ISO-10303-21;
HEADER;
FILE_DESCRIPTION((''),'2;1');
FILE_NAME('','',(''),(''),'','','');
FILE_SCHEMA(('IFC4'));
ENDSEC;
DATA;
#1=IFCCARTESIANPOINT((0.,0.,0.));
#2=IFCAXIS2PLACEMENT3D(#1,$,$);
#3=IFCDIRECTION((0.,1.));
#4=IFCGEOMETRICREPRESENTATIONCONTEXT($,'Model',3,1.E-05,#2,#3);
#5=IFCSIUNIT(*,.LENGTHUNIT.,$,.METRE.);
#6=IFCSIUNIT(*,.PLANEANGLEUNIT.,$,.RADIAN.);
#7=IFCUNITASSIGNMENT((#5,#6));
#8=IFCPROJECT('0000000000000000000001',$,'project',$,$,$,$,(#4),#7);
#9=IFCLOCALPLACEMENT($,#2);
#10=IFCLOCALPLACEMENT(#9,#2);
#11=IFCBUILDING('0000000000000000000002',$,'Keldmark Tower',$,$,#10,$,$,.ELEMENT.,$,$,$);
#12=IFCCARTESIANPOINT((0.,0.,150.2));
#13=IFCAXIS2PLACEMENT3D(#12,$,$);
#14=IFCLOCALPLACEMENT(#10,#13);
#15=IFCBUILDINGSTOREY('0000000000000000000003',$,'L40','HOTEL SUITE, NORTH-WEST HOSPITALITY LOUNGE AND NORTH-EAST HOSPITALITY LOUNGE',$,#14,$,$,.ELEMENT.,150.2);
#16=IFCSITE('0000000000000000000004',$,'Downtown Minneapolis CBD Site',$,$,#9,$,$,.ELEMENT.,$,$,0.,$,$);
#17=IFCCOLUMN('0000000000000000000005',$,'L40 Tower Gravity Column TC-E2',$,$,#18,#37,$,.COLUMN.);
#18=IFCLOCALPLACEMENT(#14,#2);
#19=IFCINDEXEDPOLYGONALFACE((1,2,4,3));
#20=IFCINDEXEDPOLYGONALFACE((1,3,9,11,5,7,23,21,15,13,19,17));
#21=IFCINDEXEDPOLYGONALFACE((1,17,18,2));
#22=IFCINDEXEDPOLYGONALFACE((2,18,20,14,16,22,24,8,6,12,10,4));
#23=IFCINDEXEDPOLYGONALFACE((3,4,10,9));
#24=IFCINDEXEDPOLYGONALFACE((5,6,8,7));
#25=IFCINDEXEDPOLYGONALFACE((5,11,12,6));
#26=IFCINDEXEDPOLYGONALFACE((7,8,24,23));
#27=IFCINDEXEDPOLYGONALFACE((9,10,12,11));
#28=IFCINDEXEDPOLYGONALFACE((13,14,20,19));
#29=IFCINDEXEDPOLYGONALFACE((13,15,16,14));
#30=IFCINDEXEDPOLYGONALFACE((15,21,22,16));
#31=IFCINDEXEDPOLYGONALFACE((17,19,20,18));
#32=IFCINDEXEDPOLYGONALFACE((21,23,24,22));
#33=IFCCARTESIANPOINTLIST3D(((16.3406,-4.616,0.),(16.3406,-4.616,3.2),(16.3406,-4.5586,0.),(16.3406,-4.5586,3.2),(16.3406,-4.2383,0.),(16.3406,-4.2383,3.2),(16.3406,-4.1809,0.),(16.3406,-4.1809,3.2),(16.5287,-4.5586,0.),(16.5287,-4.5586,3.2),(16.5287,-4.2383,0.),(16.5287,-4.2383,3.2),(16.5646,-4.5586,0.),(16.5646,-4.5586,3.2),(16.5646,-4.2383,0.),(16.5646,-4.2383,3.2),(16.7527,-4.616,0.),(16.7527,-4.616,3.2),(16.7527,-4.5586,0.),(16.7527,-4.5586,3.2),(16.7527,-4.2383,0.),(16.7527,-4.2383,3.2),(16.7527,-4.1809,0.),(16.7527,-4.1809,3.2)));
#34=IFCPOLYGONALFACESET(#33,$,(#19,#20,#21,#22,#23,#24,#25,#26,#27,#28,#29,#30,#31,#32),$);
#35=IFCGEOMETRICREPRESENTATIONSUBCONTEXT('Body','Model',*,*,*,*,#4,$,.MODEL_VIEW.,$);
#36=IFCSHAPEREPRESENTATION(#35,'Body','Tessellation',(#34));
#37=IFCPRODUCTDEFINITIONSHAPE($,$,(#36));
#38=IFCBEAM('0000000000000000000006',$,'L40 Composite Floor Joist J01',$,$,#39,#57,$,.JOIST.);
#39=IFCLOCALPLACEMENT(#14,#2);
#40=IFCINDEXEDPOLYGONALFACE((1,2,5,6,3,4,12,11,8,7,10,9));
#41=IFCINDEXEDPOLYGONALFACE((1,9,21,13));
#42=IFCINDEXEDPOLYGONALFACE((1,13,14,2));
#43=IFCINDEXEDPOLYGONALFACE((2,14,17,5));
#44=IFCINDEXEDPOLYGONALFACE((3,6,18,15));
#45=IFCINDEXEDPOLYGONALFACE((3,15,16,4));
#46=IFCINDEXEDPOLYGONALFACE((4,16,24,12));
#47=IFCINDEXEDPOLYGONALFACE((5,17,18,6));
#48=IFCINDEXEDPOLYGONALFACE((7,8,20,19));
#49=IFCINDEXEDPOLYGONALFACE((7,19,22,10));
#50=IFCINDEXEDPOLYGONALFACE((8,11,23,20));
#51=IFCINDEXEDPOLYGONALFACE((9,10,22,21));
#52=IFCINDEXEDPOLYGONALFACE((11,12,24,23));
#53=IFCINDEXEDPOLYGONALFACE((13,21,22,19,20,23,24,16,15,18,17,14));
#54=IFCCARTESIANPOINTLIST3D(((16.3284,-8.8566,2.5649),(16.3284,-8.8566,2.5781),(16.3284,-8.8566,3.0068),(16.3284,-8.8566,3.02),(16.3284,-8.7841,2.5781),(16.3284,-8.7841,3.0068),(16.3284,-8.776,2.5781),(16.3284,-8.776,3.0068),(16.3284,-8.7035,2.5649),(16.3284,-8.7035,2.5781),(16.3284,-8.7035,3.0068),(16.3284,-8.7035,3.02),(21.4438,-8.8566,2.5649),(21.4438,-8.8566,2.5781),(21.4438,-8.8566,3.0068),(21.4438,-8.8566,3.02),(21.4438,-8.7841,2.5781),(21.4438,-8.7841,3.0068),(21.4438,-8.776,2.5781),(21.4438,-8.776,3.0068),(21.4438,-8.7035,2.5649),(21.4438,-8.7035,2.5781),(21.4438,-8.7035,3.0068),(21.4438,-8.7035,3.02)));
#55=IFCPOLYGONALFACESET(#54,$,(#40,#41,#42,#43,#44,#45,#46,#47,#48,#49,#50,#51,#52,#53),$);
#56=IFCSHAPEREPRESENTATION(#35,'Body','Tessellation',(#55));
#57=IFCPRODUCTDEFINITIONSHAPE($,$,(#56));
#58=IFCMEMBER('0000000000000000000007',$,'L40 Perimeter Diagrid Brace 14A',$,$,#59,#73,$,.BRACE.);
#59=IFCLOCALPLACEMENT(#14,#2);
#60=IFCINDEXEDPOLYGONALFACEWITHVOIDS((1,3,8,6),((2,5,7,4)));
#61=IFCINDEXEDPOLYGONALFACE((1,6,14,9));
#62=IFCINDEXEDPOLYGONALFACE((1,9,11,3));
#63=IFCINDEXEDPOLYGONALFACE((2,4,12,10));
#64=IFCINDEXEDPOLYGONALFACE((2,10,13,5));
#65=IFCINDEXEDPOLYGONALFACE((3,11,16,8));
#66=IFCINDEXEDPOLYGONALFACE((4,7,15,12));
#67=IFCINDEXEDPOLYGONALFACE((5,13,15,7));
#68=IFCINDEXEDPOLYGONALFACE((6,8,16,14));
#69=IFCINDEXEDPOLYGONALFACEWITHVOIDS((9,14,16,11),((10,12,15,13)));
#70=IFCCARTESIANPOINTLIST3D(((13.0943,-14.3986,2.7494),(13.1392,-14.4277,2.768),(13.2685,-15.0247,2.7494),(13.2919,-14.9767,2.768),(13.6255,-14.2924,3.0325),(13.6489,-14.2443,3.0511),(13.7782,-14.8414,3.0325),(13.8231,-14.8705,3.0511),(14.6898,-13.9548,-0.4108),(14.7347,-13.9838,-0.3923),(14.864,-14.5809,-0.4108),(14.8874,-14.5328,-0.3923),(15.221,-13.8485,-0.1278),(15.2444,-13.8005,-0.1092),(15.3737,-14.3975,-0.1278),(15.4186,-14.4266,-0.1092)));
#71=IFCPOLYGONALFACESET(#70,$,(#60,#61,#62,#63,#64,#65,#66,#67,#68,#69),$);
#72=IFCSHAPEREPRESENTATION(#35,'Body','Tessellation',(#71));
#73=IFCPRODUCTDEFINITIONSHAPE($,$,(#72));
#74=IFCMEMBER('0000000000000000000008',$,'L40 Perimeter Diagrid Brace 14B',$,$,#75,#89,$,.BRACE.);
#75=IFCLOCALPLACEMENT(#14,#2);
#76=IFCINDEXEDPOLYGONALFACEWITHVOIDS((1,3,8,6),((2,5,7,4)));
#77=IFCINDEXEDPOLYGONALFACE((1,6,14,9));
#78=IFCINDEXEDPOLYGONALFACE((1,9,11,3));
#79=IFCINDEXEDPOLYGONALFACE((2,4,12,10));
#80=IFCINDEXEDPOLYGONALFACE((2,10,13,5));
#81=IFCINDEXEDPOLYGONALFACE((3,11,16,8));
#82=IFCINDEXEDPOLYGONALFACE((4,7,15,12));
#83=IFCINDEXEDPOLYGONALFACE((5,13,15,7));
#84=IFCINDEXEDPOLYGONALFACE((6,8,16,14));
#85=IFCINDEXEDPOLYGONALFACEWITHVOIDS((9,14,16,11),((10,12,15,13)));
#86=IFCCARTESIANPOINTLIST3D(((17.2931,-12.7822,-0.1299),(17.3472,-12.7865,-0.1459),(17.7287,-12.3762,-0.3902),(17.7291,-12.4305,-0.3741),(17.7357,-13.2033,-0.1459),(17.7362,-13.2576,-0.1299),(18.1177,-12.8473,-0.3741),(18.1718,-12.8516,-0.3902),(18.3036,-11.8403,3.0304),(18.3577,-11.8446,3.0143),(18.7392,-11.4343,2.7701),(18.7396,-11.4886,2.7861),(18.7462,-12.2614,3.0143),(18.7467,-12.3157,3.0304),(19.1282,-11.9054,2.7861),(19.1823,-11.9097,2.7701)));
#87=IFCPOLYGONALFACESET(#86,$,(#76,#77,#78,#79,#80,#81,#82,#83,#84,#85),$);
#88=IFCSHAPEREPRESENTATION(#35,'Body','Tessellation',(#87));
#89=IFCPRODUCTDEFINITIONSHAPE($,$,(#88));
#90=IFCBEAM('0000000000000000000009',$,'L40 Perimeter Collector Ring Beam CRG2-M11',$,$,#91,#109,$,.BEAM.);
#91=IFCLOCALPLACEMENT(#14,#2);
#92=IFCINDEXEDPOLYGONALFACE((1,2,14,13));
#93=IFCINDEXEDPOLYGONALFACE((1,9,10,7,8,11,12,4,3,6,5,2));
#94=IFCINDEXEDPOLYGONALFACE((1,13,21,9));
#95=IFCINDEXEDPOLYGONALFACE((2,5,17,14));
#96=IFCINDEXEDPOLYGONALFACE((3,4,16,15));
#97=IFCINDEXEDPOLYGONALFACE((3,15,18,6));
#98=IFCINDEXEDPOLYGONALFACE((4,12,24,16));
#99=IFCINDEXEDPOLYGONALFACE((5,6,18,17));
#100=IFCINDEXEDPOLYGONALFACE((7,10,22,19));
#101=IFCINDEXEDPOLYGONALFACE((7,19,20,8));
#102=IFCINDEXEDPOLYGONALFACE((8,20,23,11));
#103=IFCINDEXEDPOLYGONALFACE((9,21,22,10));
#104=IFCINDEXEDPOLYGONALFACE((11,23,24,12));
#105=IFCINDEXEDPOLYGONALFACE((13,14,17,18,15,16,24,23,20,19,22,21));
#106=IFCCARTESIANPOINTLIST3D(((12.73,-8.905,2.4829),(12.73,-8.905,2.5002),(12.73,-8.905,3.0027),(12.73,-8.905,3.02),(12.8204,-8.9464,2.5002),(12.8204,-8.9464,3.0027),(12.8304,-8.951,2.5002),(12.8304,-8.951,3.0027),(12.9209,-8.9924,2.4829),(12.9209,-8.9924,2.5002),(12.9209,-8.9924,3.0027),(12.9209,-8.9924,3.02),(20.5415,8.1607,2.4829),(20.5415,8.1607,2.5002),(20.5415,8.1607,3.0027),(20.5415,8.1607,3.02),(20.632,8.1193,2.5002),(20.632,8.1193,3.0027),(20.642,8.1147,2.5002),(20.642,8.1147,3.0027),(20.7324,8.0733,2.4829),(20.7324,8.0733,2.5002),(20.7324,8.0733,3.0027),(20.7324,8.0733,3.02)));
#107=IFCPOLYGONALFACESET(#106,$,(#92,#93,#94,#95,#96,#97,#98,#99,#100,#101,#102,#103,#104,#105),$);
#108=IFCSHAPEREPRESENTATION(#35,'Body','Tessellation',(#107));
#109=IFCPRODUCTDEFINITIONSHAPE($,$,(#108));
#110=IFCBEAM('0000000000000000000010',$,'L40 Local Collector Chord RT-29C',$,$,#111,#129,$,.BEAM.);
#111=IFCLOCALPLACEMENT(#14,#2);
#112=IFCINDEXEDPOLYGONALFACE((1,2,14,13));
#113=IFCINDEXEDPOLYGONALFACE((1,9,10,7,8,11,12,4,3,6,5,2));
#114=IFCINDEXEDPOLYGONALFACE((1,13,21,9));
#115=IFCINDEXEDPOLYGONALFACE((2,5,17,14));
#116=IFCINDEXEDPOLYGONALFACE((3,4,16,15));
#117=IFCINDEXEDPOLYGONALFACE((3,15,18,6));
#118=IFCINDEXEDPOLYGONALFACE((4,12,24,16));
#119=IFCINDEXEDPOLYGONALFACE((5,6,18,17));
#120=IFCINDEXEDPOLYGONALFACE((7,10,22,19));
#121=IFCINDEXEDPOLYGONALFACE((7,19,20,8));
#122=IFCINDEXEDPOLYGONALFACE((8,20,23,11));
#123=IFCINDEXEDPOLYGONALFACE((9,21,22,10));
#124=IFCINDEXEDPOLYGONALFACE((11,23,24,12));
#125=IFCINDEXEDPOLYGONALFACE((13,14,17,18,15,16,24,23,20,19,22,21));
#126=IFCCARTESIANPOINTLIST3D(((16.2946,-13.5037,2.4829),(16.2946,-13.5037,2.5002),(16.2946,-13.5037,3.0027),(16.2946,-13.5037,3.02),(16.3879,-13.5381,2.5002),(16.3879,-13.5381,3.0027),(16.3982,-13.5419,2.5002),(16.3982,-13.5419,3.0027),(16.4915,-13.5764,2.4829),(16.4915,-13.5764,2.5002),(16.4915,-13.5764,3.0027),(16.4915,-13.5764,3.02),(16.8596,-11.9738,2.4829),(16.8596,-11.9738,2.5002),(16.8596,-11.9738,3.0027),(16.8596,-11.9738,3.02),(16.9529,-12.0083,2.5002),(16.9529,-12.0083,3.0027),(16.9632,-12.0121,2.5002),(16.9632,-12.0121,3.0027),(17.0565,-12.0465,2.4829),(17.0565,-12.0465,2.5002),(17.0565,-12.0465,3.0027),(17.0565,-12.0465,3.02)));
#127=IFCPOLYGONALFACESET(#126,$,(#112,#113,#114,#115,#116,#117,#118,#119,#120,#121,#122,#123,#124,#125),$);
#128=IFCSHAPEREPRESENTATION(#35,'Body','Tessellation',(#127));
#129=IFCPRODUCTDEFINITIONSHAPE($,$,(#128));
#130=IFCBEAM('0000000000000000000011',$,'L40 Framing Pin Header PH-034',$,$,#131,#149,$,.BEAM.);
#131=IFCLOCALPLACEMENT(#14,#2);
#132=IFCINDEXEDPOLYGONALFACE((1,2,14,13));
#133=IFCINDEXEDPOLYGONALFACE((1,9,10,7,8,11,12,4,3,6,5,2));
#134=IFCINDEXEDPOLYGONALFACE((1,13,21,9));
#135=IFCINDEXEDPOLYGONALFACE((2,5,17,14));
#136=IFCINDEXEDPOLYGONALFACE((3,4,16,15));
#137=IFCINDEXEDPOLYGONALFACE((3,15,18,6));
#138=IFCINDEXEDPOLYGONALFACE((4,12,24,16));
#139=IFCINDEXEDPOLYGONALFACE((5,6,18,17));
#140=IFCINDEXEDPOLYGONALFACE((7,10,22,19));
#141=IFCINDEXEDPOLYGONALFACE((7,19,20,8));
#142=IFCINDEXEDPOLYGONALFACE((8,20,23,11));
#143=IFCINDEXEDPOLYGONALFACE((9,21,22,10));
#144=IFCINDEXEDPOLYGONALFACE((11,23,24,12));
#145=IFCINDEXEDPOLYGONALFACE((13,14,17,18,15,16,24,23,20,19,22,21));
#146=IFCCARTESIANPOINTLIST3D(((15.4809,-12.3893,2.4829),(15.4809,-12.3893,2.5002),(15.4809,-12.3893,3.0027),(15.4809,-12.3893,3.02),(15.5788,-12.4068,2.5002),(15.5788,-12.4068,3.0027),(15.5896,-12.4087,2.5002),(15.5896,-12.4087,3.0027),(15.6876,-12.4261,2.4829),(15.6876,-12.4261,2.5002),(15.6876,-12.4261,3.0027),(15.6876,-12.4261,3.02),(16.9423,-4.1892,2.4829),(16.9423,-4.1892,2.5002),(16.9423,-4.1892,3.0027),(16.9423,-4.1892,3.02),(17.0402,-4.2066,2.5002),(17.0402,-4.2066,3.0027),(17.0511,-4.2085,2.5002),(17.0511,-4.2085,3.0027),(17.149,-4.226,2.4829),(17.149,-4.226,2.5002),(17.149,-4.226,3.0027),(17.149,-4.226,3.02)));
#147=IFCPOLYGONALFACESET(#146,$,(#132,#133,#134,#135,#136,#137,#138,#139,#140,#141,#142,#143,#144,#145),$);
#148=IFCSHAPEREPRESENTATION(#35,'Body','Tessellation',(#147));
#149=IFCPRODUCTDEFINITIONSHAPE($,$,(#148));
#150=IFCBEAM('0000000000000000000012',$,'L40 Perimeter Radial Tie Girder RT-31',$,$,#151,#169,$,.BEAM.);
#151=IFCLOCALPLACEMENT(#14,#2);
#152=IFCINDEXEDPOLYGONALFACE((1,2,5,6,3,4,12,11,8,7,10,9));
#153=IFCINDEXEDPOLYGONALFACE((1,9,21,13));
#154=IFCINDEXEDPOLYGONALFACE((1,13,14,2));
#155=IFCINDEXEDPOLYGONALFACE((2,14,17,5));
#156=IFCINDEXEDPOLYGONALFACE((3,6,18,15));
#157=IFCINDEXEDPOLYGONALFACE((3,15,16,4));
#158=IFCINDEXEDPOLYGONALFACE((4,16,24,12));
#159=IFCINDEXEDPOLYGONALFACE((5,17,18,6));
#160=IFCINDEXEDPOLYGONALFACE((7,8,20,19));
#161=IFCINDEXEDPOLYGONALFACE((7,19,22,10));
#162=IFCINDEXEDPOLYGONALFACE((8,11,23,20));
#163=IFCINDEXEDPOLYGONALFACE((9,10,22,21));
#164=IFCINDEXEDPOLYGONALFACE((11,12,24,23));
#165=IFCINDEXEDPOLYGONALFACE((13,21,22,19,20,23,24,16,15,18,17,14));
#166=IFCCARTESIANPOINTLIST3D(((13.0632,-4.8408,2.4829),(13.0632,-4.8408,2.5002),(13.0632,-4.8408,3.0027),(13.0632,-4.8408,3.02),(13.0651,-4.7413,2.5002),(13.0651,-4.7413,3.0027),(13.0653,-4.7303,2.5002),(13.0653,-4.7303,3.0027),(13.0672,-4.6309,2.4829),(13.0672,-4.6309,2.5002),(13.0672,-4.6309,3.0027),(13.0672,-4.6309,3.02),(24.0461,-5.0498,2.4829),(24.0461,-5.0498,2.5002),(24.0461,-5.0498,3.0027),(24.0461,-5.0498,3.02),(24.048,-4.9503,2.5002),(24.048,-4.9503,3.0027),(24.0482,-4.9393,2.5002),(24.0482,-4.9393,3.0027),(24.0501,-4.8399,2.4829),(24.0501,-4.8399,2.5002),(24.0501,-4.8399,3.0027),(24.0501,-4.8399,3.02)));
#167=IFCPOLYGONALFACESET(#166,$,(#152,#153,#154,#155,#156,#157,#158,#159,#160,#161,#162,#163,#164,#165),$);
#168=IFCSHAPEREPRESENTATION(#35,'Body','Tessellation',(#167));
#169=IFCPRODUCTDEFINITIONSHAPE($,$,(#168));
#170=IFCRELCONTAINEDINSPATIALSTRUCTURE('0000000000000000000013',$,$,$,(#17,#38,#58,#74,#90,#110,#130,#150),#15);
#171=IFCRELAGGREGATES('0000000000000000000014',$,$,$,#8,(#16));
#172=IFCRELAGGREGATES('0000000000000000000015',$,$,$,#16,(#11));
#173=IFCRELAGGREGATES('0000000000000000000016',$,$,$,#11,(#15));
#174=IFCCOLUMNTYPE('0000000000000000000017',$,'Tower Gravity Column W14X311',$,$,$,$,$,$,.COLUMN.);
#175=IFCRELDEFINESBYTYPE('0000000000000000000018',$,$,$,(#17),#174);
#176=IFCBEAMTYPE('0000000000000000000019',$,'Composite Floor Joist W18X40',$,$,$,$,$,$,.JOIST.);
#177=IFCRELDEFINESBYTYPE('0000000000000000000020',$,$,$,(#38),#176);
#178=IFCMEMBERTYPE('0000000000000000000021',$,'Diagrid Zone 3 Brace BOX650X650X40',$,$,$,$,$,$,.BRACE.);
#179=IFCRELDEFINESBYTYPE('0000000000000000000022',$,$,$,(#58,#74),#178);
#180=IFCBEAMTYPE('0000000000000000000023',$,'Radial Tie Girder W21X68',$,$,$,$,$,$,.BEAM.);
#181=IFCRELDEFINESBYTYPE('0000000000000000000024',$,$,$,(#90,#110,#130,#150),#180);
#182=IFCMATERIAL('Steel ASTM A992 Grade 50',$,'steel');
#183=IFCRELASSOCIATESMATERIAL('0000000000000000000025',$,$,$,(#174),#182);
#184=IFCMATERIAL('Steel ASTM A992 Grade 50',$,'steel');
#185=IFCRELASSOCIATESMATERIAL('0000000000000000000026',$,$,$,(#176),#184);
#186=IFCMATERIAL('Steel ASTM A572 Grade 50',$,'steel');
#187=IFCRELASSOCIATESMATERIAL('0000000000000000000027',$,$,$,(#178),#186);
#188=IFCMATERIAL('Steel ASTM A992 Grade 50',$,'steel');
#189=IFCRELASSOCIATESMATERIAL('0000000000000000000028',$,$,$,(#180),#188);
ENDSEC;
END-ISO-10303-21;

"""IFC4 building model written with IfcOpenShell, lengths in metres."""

from ifc_helpers import new_model, si_unit, direction, frame, origin, origin_2d, place, context, subcontext, project, spatial, hollow_rectangle, i_section, extrude, material, material_profile, profile_set, type_object, element, save


model = new_model("IFC4")

# Units and contexts
model_context = context("Model", 3, precision=1e-05, world=origin(), true_north=direction((0.0, 1.0)))
body_context = subcontext(model_context, "Body", "Model", "MODEL_VIEW")
ifc_project = project(units=[si_unit("LENGTHUNIT", "METRE"), si_unit("PLANEANGLEUNIT", "RADIAN")], contexts=[model_context])

# Site, building, storey
site_placement = place(None, origin())
site = spatial("IfcSite", under=ifc_project, at=site_placement, Name="Downtown Minneapolis CBD Site", CompositionType="ELEMENT", RefElevation=0.0)
building_placement = place(site_placement, origin())
building = spatial("IfcBuilding", under=site, at=building_placement, Name="Keldmark Tower", CompositionType="ELEMENT")
storey_placement = place(building_placement, frame((0.0, 0.0, 150.2)))
storey = spatial("IfcBuildingStorey", under=building, at=storey_placement, Name="L40", Description="HOTEL SUITE, NORTH-WEST HOSPITALITY LOUNGE AND NORTH-EAST HOSPITALITY LOUNGE", CompositionType="ELEMENT", Elevation=150.2)

# Column
ifc_material_1 = material(Name="Steel ASTM A992 Grade 50", Category="steel")
ifc_material_profile_1 = material_profile(ifc_material_1, i_section(OverallWidth=0.4121, OverallDepth=0.4351, WebThickness=0.0359, FlangeThickness=0.0574, at=origin_2d()), Name="W14X311")
ifc_profile_set_1 = profile_set([ifc_material_profile_1], Name="Steel ASTM A992 Grade 50")
column_type = type_object("IfcColumnType", Name="Tower Gravity Column W14X311", PredefinedType="COLUMN", material=ifc_profile_set_1)
column_placement = place(storey_placement, frame((16.5466, -4.3984, 0.0), z_axis=(0.0, 0.0, 1.0), x_axis=(1.0, 0.0, 0.0)))
element("IfcColumn", 1, at=column_placement, inside=storey, type_object=column_type, Name="L40 Tower Gravity Column TC-E2", PredefinedType="COLUMN", context=body_context, shape_type="SweptSolid", body=[
    extrude(i_section(OverallWidth=0.4121, OverallDepth=0.4351, WebThickness=0.0359, FlangeThickness=0.0574, at=origin_2d()), origin(), (0.0, 0.0, 1.0), 3.2),
])

# Beam
ifc_material_2 = material(Name="Steel ASTM A992 Grade 50", Category="steel")
ifc_material_profile_2 = material_profile(ifc_material_2, i_section(OverallWidth=0.1531, OverallDepth=0.4551, WebThickness=0.0081, FlangeThickness=0.0132, at=origin_2d()), Name="W18X40")
ifc_profile_set_2 = profile_set([ifc_material_profile_2], Name="Steel ASTM A992 Grade 50")
beam_type_1 = type_object("IfcBeamType", Name="Composite Floor Joist W18X40", PredefinedType="JOIST", material=ifc_profile_set_2)
beam_1_placement = place(storey_placement, frame((16.3284, -8.78, 2.7925), z_axis=(1.0, 0.0, 0.0), x_axis=(0.0, 1.0, 0.0)))
element("IfcBeam", 2, at=beam_1_placement, inside=storey, type_object=beam_type_1, Name="L40 Composite Floor Joist J01", PredefinedType="JOIST", context=body_context, shape_type="SweptSolid", body=[
    extrude(i_section(OverallWidth=0.1531, OverallDepth=0.4551, WebThickness=0.0081, FlangeThickness=0.0132, at=origin_2d()), origin(), (0.0, 0.0, 1.0), 5.1155),
])

# Members
ifc_material_3 = material(Name="Steel ASTM A572 Grade 50", Category="steel")
ifc_material_profile_3 = material_profile(ifc_material_3, hollow_rectangle(XDim=0.6499, YDim=0.6499, WallThickness=0.04, at=origin_2d()), Name="BOX650X650X40")
ifc_profile_set_3 = profile_set([ifc_material_profile_3], Name="Steel ASTM A572 Grade 50")
member_type = type_object("IfcMemberType", Name="Diagrid Zone 3 Brace BOX650X650X40", PredefinedType="BRACE", material=ifc_profile_set_3)
member_1_placement = place(storey_placement, frame((15.0542, -14.1907, -0.26), z_axis=(-0.447185, -0.124404, 0.885748), x_axis=(0.268016, -0.963414, 0.0)))
element("IfcMember", 3, at=member_1_placement, inside=storey, type_object=member_type, Name="L40 Perimeter Diagrid Brace 14A", PredefinedType="BRACE", context=body_context, shape_type="SweptSolid", body=[
    extrude(hollow_rectangle(XDim=0.6499, YDim=0.6499, WallThickness=0.04, at=origin_2d()), origin(), (0.0, 0.0, 1.0), 3.5679),
])
member_2_placement = place(storey_placement, frame((17.7324, -12.8169, -0.26), z_axis=(0.292992, 0.273101, 0.916281), x_axis=(-0.68184, 0.731502, 0.0)))
element("IfcMember", 4, at=member_2_placement, inside=storey, type_object=member_type, Name="L40 Perimeter Diagrid Brace 14B", PredefinedType="BRACE", context=body_context, shape_type="SweptSolid", body=[
    extrude(hollow_rectangle(XDim=0.6499, YDim=0.6499, WallThickness=0.04, at=origin_2d()), origin(), (0.0, 0.0, 1.0), 3.449),
])

# Beams
ifc_material_4 = material(Name="Steel ASTM A992 Grade 50", Category="steel")
ifc_material_profile_4 = material_profile(ifc_material_4, i_section(OverallWidth=0.21, OverallDepth=0.5371, WebThickness=0.011, FlangeThickness=0.0173, at=origin_2d()), Name="W21X68")
ifc_profile_set_4 = profile_set([ifc_material_profile_4], Name="Steel ASTM A992 Grade 50")
beam_type_2 = type_object("IfcBeamType", Name="Radial Tie Girder W21X68", PredefinedType="BEAM", material=ifc_profile_set_4)
beam_2_placement = place(storey_placement, frame((12.8254, -8.9487, 2.7515), z_axis=(0.416204, 0.909271, 0.0), x_axis=(-0.909271, 0.416204, 0.0)))
element("IfcBeam", 5, at=beam_2_placement, inside=storey, type_object=beam_type_2, Name="L40 Perimeter Collector Ring Beam CRG2-M11", PredefinedType="BEAM", context=body_context, shape_type="SweptSolid", body=[
    extrude(i_section(OverallWidth=0.21, OverallDepth=0.5371, WebThickness=0.011, FlangeThickness=0.0173, at=origin_2d()), origin(), (0.0, 0.0, 1.0), 18.7686),
])
beam_3_placement = place(storey_placement, frame((16.3931, -13.54, 2.7515), z_axis=(0.346427, 0.938077, 0.0), x_axis=(-0.938077, 0.346427, 0.0)))
element("IfcBeam", 6, at=beam_3_placement, inside=storey, type_object=beam_type_2, Name="L40 Local Collector Chord RT-29C", PredefinedType="BEAM", context=body_context, shape_type="SweptSolid", body=[
    extrude(i_section(OverallWidth=0.21, OverallDepth=0.5371, WebThickness=0.011, FlangeThickness=0.0173, at=origin_2d()), origin(), (0.0, 0.0, 1.0), 1.6309),
])
beam_4_placement = place(storey_placement, frame((15.5842, -12.4077, 2.7515), z_axis=(0.175454, 0.984488, 0.0), x_axis=(-0.984488, 0.175454, 0.0)))
element("IfcBeam", 7, at=beam_4_placement, inside=storey, type_object=beam_type_2, Name="L40 Framing Pin Header PH-034", PredefinedType="BEAM", context=body_context, shape_type="SweptSolid", body=[
    extrude(i_section(OverallWidth=0.21, OverallDepth=0.5371, WebThickness=0.011, FlangeThickness=0.0173, at=origin_2d()), origin(), (0.0, 0.0, 1.0), 8.3293),
])
beam_5_placement = place(storey_placement, frame((13.0652, -4.7358, 2.7515), z_axis=(0.999819, -0.019025, 0.0), x_axis=(0.019025, 0.999819, 0.0)))
element("IfcBeam", 8, at=beam_5_placement, inside=storey, type_object=beam_type_2, Name="L40 Perimeter Radial Tie Girder RT-31", PredefinedType="BEAM", context=body_context, shape_type="SweptSolid", body=[
    extrude(i_section(OverallWidth=0.21, OverallDepth=0.5371, WebThickness=0.011, FlangeThickness=0.0173, at=origin_2d()), origin(), (0.0, 0.0, 1.0), 10.9849),
])

save(model, "model.ifc")
